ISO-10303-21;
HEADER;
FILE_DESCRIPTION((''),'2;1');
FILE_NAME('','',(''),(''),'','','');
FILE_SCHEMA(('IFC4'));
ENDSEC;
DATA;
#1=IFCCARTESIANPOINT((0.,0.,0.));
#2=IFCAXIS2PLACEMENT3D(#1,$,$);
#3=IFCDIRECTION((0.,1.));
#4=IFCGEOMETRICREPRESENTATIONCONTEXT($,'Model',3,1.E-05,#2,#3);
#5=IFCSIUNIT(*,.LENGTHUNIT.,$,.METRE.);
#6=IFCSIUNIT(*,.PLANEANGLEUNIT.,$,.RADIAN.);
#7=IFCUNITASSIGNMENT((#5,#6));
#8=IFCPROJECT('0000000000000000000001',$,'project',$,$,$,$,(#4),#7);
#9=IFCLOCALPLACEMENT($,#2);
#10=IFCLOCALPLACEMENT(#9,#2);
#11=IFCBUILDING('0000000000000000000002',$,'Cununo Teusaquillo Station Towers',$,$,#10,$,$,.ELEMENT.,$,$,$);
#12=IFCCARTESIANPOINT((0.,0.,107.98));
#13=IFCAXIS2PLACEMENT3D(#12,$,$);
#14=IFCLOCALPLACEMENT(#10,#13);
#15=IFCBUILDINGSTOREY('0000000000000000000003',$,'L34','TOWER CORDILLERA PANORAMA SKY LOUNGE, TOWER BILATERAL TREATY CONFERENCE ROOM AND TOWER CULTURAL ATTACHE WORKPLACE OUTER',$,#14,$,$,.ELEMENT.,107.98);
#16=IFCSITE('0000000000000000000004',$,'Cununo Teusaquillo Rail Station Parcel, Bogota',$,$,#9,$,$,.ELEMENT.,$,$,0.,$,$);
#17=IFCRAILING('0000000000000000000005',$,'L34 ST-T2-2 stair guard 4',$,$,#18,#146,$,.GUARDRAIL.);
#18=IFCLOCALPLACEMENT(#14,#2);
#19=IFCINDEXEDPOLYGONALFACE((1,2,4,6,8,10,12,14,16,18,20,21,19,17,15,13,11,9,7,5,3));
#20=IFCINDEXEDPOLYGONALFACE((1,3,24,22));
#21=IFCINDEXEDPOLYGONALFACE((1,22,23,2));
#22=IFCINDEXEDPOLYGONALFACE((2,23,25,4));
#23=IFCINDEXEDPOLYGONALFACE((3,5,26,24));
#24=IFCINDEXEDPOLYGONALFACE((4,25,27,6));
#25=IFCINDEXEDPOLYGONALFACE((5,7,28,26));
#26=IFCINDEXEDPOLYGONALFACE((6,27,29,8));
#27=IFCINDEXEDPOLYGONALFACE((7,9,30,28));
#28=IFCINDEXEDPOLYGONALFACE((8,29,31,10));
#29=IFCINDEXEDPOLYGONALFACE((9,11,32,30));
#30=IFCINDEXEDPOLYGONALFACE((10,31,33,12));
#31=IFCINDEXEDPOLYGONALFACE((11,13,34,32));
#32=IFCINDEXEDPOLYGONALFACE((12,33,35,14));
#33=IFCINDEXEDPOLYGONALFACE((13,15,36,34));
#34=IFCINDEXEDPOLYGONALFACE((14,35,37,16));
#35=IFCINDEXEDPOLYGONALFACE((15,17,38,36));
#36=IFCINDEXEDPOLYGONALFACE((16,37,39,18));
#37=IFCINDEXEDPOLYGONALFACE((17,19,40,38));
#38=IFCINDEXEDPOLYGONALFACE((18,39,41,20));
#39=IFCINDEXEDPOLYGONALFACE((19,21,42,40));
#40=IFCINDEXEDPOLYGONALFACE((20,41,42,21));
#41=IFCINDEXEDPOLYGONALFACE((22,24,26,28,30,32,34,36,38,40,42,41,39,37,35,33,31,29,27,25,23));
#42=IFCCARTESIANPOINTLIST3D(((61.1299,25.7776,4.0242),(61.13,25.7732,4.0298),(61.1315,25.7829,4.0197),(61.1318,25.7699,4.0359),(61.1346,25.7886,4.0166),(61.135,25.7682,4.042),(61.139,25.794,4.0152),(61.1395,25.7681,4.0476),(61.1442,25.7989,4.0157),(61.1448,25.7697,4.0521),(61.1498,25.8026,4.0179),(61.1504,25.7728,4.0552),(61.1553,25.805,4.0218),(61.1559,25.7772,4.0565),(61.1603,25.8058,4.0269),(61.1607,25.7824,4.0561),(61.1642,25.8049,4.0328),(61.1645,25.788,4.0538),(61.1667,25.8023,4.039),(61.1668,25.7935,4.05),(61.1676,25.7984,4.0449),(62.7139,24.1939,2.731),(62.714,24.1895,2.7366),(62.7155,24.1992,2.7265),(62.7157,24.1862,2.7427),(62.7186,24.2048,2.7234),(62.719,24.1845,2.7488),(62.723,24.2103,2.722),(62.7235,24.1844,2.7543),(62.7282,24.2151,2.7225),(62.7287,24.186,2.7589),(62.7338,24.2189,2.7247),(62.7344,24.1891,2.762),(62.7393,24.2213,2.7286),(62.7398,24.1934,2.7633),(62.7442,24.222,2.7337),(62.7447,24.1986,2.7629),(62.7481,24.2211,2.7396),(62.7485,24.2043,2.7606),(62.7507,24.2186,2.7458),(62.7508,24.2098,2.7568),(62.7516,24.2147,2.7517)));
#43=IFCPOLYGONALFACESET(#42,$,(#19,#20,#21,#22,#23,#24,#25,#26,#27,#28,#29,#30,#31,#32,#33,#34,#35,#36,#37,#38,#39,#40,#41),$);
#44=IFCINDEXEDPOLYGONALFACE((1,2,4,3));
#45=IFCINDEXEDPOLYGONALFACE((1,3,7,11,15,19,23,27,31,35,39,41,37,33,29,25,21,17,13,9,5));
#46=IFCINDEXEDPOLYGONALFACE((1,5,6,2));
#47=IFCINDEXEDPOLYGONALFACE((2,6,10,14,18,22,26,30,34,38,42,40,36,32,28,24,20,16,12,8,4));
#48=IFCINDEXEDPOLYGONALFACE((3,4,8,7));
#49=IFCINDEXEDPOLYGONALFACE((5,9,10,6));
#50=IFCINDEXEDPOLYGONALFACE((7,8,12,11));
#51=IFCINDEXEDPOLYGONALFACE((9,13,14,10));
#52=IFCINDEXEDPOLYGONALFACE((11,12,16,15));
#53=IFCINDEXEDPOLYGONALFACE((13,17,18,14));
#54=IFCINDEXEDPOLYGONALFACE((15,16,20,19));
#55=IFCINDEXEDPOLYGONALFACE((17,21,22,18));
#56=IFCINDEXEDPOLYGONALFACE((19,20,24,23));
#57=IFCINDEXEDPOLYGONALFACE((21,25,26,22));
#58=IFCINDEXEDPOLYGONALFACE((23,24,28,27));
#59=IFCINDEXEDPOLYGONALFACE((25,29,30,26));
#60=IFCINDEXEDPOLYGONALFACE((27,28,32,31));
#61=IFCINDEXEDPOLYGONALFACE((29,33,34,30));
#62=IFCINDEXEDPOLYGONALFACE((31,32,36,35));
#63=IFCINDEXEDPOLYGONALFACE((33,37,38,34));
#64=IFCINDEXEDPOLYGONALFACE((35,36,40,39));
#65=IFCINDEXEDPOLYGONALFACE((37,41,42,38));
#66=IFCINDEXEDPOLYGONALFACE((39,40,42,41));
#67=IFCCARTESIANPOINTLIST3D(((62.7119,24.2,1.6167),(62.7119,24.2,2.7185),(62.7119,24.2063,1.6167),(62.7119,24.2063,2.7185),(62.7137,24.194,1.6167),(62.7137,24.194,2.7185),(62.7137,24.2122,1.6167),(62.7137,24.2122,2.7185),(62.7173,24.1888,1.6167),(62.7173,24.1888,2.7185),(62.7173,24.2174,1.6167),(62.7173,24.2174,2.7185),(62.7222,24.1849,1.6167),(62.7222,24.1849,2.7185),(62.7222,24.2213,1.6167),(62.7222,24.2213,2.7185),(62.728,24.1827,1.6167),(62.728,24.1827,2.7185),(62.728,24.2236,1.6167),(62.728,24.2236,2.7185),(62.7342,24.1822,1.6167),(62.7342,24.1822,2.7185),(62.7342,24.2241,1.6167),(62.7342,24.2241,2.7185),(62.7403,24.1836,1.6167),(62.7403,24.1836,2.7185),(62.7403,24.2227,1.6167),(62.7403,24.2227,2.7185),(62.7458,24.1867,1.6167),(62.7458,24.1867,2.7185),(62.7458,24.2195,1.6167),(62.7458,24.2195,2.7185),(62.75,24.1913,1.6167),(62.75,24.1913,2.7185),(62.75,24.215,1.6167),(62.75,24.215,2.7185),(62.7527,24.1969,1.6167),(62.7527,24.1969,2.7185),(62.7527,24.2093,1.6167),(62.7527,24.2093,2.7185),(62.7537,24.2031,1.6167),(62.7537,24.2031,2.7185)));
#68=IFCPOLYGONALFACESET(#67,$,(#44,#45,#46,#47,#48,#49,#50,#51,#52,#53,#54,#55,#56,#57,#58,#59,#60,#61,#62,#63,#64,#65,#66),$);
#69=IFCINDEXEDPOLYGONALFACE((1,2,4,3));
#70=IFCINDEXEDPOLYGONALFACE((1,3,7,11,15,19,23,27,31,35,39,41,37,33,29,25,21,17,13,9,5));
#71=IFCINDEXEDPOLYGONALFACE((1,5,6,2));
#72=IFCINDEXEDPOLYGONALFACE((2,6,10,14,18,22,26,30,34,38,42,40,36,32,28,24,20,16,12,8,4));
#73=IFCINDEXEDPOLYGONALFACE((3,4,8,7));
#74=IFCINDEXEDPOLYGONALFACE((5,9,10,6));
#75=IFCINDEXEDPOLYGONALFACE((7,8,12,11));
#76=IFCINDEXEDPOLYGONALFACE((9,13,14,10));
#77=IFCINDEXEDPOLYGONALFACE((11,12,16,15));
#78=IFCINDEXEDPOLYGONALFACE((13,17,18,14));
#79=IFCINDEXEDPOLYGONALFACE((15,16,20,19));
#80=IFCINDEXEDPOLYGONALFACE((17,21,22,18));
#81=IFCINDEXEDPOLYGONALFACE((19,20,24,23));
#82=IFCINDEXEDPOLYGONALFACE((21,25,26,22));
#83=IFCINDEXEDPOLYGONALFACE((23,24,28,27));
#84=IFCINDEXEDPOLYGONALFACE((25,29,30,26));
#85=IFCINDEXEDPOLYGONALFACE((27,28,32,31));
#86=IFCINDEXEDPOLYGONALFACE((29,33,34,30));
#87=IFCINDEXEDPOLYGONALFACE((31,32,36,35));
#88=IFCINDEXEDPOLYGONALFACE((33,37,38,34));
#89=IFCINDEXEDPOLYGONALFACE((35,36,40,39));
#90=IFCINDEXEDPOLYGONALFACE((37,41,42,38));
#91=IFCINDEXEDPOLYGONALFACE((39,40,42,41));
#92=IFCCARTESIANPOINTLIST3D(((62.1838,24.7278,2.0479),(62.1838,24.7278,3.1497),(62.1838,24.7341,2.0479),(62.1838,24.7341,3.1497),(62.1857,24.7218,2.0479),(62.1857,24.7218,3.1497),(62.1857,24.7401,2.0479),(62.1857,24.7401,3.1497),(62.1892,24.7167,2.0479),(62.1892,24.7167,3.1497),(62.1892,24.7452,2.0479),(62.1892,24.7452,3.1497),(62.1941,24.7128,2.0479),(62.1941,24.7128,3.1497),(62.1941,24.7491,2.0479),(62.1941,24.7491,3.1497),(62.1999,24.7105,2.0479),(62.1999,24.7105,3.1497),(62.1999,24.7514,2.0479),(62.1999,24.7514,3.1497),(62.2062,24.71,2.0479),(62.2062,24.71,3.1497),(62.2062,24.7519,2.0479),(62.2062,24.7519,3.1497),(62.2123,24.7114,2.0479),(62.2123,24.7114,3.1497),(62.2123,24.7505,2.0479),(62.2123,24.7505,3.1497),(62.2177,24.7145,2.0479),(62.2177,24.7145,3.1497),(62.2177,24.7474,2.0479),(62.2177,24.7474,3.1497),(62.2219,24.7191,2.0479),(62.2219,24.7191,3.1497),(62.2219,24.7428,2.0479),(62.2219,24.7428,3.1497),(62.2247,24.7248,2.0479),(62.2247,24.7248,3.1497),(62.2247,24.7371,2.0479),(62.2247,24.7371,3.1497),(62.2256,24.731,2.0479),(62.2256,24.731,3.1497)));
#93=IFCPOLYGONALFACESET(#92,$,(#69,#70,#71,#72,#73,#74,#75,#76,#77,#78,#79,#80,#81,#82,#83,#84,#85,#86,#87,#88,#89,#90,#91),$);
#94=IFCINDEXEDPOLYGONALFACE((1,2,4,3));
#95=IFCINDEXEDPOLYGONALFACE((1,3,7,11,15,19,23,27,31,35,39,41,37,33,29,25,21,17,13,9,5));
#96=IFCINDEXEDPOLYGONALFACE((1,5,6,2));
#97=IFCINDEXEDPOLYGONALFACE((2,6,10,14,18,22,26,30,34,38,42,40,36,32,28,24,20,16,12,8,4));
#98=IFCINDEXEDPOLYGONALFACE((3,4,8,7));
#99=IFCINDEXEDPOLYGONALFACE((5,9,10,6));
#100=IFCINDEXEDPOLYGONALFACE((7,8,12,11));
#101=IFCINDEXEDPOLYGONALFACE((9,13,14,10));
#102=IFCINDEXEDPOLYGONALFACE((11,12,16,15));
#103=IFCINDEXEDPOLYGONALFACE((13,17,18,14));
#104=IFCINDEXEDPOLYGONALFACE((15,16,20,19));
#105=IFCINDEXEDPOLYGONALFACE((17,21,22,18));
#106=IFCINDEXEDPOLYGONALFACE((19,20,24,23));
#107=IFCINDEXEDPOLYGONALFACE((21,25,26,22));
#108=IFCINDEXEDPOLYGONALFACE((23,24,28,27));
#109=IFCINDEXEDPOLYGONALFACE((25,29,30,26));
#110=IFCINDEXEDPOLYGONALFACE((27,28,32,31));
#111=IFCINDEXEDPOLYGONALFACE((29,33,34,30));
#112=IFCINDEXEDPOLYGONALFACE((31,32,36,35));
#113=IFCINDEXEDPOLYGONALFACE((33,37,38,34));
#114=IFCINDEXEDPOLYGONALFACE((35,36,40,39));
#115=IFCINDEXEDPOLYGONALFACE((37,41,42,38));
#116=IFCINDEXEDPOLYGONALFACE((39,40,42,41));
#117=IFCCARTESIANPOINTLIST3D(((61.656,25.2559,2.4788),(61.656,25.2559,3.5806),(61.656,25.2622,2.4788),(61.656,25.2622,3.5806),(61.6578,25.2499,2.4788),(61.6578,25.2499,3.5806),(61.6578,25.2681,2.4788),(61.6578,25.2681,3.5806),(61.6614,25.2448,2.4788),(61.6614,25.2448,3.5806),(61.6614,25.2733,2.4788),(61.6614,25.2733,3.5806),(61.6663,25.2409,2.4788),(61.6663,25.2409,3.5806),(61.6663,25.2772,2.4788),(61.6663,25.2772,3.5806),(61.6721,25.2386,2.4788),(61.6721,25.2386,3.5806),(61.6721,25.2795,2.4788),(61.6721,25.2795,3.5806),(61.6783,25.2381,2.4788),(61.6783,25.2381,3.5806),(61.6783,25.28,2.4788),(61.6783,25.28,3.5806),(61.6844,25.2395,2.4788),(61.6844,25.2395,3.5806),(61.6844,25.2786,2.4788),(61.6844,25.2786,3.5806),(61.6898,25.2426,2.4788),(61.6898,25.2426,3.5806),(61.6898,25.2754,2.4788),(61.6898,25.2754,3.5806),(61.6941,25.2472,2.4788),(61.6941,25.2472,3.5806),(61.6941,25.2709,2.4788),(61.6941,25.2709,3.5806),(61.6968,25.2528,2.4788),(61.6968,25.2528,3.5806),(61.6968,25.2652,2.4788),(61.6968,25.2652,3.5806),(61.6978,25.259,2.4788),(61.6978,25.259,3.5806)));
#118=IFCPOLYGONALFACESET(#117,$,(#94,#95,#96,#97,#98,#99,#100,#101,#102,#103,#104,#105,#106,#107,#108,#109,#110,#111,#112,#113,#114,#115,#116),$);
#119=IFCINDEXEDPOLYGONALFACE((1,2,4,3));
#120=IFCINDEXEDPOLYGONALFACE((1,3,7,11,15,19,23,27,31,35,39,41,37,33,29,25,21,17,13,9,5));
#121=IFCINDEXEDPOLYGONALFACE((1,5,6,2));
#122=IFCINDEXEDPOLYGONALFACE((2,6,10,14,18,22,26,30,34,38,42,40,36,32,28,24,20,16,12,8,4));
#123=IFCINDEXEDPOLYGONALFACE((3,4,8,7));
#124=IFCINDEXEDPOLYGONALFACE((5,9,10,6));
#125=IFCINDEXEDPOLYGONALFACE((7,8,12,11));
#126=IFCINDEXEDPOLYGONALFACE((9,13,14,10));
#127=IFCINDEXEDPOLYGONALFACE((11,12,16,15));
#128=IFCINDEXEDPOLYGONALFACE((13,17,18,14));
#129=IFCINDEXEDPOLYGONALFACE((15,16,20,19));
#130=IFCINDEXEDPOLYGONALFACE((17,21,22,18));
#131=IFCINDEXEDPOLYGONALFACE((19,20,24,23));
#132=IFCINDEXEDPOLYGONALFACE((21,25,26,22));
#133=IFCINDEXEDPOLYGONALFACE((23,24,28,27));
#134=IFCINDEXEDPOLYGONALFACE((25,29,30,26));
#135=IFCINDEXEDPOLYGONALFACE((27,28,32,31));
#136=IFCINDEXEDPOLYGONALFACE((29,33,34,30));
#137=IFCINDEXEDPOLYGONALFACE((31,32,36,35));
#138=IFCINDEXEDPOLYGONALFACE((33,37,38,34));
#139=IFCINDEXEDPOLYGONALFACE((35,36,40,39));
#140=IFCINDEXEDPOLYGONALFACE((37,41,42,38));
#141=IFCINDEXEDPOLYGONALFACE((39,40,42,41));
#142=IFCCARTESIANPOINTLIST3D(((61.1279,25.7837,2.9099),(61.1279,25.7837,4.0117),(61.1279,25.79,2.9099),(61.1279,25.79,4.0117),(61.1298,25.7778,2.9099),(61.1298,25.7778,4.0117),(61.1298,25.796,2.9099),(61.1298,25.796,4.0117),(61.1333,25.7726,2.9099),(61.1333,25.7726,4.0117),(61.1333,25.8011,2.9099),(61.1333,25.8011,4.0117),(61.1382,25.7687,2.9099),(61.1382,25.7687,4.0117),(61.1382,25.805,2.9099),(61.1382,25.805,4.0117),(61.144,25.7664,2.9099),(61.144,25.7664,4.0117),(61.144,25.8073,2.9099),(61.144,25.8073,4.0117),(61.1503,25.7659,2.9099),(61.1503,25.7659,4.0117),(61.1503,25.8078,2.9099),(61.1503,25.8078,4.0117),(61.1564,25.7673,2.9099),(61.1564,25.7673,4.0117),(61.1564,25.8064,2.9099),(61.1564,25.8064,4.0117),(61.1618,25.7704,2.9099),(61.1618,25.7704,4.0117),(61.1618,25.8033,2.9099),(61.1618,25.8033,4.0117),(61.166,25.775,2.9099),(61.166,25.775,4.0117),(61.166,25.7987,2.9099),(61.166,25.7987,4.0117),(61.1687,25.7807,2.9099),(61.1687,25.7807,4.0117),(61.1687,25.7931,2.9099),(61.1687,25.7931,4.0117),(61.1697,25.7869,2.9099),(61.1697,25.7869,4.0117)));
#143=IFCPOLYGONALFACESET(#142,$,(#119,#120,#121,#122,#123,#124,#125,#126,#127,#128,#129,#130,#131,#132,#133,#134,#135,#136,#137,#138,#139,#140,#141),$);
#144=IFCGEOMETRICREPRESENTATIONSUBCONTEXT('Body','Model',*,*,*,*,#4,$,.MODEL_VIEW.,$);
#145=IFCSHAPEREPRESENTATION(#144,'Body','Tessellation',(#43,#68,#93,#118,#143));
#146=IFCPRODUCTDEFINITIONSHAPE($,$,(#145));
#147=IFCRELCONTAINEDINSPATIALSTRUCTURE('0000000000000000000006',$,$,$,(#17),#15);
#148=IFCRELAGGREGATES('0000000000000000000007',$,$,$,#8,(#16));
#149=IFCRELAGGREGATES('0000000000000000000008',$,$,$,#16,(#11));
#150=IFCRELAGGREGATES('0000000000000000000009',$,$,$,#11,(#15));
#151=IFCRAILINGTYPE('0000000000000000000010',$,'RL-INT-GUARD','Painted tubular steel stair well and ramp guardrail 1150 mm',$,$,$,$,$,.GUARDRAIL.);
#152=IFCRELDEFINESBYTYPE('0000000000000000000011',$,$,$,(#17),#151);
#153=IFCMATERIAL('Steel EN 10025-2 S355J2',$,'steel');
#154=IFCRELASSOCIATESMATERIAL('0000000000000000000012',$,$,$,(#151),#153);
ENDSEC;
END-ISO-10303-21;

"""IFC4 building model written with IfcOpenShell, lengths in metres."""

from ifc_helpers import new_model, si_unit, direction, frame, origin, origin_2d, place, context, subcontext, project, spatial, circle, extrude, material, type_object, element, save


model = new_model("IFC4")

# Units and contexts
model_context = context("Model", 3, precision=1e-05, world=origin(), true_north=direction((0.0, 1.0)))
body_context = subcontext(model_context, "Body", "Model", "MODEL_VIEW")
ifc_project = project(units=[si_unit("LENGTHUNIT", "METRE"), si_unit("PLANEANGLEUNIT", "RADIAN")], contexts=[model_context])

# Site, building, storey
site_placement = place(None, origin())
site = spatial("IfcSite", under=ifc_project, at=site_placement, Name="Cununo Teusaquillo Rail Station Parcel, Bogota", CompositionType="ELEMENT", RefElevation=0.0)
building_placement = place(site_placement, origin())
building = spatial("IfcBuilding", under=site, at=building_placement, Name="Cununo Teusaquillo Station Towers", CompositionType="ELEMENT")
storey_placement = place(building_placement, frame((0.0, 0.0, 107.98)))
storey = spatial("IfcBuildingStorey", under=building, at=storey_placement, Name="L34", Description="TOWER CORDILLERA PANORAMA SKY LOUNGE, TOWER BILATERAL TREATY CONFERENCE ROOM AND TOWER CULTURAL ATTACHE WORKPLACE OUTER", CompositionType="ELEMENT", Elevation=107.98)

# Railing
ifc_material_1 = material(Name="Steel EN 10025-2 S355J2", Category="steel")
railing_type_1 = type_object("IfcRailingType", Name="RL-INT-GUARD", Description="Painted tubular steel stair well and ramp guardrail 1150 mm", PredefinedType="GUARDRAIL", material=ifc_material_1)
railing_1_placement = place(storey_placement, frame((62.7327, 24.2031, 1.6167)))
element("IfcRailing", 1, at=railing_1_placement, inside=storey, type_object=railing_type_1, Name="L34 ST-T2-2 stair guard 4", PredefinedType="GUARDRAIL", context=body_context, shape_type="SweptSolid", body=[
    extrude(circle(Radius=0.0239, at=origin_2d()), frame((0.0, 0.0, 1.126), z_axis=(-0.61242, 0.612326, 0.499998), x_axis=(-0.707052, -0.707161, 0.0)), (0.0, 0.0, 1.0), 2.5864),
    extrude(circle(Radius=0.021, at=origin_2d()), origin(), (0.0, 0.0, 1.0), 1.1018),
    extrude(circle(Radius=0.021, at=origin_2d()), frame((-0.5281, 0.5278, 0.4312)), (0.0, 0.0, 1.0), 1.1018),
    extrude(circle(Radius=0.021, at=origin_2d()), frame((-1.0559, 1.0559, 0.8621)), (0.0, 0.0, 1.0), 1.1018),
    extrude(circle(Radius=0.021, at=origin_2d()), frame((-1.584, 1.5837, 1.2932)), (0.0, 0.0, 1.0), 1.1018),
])

save(model, "model.ifc")
